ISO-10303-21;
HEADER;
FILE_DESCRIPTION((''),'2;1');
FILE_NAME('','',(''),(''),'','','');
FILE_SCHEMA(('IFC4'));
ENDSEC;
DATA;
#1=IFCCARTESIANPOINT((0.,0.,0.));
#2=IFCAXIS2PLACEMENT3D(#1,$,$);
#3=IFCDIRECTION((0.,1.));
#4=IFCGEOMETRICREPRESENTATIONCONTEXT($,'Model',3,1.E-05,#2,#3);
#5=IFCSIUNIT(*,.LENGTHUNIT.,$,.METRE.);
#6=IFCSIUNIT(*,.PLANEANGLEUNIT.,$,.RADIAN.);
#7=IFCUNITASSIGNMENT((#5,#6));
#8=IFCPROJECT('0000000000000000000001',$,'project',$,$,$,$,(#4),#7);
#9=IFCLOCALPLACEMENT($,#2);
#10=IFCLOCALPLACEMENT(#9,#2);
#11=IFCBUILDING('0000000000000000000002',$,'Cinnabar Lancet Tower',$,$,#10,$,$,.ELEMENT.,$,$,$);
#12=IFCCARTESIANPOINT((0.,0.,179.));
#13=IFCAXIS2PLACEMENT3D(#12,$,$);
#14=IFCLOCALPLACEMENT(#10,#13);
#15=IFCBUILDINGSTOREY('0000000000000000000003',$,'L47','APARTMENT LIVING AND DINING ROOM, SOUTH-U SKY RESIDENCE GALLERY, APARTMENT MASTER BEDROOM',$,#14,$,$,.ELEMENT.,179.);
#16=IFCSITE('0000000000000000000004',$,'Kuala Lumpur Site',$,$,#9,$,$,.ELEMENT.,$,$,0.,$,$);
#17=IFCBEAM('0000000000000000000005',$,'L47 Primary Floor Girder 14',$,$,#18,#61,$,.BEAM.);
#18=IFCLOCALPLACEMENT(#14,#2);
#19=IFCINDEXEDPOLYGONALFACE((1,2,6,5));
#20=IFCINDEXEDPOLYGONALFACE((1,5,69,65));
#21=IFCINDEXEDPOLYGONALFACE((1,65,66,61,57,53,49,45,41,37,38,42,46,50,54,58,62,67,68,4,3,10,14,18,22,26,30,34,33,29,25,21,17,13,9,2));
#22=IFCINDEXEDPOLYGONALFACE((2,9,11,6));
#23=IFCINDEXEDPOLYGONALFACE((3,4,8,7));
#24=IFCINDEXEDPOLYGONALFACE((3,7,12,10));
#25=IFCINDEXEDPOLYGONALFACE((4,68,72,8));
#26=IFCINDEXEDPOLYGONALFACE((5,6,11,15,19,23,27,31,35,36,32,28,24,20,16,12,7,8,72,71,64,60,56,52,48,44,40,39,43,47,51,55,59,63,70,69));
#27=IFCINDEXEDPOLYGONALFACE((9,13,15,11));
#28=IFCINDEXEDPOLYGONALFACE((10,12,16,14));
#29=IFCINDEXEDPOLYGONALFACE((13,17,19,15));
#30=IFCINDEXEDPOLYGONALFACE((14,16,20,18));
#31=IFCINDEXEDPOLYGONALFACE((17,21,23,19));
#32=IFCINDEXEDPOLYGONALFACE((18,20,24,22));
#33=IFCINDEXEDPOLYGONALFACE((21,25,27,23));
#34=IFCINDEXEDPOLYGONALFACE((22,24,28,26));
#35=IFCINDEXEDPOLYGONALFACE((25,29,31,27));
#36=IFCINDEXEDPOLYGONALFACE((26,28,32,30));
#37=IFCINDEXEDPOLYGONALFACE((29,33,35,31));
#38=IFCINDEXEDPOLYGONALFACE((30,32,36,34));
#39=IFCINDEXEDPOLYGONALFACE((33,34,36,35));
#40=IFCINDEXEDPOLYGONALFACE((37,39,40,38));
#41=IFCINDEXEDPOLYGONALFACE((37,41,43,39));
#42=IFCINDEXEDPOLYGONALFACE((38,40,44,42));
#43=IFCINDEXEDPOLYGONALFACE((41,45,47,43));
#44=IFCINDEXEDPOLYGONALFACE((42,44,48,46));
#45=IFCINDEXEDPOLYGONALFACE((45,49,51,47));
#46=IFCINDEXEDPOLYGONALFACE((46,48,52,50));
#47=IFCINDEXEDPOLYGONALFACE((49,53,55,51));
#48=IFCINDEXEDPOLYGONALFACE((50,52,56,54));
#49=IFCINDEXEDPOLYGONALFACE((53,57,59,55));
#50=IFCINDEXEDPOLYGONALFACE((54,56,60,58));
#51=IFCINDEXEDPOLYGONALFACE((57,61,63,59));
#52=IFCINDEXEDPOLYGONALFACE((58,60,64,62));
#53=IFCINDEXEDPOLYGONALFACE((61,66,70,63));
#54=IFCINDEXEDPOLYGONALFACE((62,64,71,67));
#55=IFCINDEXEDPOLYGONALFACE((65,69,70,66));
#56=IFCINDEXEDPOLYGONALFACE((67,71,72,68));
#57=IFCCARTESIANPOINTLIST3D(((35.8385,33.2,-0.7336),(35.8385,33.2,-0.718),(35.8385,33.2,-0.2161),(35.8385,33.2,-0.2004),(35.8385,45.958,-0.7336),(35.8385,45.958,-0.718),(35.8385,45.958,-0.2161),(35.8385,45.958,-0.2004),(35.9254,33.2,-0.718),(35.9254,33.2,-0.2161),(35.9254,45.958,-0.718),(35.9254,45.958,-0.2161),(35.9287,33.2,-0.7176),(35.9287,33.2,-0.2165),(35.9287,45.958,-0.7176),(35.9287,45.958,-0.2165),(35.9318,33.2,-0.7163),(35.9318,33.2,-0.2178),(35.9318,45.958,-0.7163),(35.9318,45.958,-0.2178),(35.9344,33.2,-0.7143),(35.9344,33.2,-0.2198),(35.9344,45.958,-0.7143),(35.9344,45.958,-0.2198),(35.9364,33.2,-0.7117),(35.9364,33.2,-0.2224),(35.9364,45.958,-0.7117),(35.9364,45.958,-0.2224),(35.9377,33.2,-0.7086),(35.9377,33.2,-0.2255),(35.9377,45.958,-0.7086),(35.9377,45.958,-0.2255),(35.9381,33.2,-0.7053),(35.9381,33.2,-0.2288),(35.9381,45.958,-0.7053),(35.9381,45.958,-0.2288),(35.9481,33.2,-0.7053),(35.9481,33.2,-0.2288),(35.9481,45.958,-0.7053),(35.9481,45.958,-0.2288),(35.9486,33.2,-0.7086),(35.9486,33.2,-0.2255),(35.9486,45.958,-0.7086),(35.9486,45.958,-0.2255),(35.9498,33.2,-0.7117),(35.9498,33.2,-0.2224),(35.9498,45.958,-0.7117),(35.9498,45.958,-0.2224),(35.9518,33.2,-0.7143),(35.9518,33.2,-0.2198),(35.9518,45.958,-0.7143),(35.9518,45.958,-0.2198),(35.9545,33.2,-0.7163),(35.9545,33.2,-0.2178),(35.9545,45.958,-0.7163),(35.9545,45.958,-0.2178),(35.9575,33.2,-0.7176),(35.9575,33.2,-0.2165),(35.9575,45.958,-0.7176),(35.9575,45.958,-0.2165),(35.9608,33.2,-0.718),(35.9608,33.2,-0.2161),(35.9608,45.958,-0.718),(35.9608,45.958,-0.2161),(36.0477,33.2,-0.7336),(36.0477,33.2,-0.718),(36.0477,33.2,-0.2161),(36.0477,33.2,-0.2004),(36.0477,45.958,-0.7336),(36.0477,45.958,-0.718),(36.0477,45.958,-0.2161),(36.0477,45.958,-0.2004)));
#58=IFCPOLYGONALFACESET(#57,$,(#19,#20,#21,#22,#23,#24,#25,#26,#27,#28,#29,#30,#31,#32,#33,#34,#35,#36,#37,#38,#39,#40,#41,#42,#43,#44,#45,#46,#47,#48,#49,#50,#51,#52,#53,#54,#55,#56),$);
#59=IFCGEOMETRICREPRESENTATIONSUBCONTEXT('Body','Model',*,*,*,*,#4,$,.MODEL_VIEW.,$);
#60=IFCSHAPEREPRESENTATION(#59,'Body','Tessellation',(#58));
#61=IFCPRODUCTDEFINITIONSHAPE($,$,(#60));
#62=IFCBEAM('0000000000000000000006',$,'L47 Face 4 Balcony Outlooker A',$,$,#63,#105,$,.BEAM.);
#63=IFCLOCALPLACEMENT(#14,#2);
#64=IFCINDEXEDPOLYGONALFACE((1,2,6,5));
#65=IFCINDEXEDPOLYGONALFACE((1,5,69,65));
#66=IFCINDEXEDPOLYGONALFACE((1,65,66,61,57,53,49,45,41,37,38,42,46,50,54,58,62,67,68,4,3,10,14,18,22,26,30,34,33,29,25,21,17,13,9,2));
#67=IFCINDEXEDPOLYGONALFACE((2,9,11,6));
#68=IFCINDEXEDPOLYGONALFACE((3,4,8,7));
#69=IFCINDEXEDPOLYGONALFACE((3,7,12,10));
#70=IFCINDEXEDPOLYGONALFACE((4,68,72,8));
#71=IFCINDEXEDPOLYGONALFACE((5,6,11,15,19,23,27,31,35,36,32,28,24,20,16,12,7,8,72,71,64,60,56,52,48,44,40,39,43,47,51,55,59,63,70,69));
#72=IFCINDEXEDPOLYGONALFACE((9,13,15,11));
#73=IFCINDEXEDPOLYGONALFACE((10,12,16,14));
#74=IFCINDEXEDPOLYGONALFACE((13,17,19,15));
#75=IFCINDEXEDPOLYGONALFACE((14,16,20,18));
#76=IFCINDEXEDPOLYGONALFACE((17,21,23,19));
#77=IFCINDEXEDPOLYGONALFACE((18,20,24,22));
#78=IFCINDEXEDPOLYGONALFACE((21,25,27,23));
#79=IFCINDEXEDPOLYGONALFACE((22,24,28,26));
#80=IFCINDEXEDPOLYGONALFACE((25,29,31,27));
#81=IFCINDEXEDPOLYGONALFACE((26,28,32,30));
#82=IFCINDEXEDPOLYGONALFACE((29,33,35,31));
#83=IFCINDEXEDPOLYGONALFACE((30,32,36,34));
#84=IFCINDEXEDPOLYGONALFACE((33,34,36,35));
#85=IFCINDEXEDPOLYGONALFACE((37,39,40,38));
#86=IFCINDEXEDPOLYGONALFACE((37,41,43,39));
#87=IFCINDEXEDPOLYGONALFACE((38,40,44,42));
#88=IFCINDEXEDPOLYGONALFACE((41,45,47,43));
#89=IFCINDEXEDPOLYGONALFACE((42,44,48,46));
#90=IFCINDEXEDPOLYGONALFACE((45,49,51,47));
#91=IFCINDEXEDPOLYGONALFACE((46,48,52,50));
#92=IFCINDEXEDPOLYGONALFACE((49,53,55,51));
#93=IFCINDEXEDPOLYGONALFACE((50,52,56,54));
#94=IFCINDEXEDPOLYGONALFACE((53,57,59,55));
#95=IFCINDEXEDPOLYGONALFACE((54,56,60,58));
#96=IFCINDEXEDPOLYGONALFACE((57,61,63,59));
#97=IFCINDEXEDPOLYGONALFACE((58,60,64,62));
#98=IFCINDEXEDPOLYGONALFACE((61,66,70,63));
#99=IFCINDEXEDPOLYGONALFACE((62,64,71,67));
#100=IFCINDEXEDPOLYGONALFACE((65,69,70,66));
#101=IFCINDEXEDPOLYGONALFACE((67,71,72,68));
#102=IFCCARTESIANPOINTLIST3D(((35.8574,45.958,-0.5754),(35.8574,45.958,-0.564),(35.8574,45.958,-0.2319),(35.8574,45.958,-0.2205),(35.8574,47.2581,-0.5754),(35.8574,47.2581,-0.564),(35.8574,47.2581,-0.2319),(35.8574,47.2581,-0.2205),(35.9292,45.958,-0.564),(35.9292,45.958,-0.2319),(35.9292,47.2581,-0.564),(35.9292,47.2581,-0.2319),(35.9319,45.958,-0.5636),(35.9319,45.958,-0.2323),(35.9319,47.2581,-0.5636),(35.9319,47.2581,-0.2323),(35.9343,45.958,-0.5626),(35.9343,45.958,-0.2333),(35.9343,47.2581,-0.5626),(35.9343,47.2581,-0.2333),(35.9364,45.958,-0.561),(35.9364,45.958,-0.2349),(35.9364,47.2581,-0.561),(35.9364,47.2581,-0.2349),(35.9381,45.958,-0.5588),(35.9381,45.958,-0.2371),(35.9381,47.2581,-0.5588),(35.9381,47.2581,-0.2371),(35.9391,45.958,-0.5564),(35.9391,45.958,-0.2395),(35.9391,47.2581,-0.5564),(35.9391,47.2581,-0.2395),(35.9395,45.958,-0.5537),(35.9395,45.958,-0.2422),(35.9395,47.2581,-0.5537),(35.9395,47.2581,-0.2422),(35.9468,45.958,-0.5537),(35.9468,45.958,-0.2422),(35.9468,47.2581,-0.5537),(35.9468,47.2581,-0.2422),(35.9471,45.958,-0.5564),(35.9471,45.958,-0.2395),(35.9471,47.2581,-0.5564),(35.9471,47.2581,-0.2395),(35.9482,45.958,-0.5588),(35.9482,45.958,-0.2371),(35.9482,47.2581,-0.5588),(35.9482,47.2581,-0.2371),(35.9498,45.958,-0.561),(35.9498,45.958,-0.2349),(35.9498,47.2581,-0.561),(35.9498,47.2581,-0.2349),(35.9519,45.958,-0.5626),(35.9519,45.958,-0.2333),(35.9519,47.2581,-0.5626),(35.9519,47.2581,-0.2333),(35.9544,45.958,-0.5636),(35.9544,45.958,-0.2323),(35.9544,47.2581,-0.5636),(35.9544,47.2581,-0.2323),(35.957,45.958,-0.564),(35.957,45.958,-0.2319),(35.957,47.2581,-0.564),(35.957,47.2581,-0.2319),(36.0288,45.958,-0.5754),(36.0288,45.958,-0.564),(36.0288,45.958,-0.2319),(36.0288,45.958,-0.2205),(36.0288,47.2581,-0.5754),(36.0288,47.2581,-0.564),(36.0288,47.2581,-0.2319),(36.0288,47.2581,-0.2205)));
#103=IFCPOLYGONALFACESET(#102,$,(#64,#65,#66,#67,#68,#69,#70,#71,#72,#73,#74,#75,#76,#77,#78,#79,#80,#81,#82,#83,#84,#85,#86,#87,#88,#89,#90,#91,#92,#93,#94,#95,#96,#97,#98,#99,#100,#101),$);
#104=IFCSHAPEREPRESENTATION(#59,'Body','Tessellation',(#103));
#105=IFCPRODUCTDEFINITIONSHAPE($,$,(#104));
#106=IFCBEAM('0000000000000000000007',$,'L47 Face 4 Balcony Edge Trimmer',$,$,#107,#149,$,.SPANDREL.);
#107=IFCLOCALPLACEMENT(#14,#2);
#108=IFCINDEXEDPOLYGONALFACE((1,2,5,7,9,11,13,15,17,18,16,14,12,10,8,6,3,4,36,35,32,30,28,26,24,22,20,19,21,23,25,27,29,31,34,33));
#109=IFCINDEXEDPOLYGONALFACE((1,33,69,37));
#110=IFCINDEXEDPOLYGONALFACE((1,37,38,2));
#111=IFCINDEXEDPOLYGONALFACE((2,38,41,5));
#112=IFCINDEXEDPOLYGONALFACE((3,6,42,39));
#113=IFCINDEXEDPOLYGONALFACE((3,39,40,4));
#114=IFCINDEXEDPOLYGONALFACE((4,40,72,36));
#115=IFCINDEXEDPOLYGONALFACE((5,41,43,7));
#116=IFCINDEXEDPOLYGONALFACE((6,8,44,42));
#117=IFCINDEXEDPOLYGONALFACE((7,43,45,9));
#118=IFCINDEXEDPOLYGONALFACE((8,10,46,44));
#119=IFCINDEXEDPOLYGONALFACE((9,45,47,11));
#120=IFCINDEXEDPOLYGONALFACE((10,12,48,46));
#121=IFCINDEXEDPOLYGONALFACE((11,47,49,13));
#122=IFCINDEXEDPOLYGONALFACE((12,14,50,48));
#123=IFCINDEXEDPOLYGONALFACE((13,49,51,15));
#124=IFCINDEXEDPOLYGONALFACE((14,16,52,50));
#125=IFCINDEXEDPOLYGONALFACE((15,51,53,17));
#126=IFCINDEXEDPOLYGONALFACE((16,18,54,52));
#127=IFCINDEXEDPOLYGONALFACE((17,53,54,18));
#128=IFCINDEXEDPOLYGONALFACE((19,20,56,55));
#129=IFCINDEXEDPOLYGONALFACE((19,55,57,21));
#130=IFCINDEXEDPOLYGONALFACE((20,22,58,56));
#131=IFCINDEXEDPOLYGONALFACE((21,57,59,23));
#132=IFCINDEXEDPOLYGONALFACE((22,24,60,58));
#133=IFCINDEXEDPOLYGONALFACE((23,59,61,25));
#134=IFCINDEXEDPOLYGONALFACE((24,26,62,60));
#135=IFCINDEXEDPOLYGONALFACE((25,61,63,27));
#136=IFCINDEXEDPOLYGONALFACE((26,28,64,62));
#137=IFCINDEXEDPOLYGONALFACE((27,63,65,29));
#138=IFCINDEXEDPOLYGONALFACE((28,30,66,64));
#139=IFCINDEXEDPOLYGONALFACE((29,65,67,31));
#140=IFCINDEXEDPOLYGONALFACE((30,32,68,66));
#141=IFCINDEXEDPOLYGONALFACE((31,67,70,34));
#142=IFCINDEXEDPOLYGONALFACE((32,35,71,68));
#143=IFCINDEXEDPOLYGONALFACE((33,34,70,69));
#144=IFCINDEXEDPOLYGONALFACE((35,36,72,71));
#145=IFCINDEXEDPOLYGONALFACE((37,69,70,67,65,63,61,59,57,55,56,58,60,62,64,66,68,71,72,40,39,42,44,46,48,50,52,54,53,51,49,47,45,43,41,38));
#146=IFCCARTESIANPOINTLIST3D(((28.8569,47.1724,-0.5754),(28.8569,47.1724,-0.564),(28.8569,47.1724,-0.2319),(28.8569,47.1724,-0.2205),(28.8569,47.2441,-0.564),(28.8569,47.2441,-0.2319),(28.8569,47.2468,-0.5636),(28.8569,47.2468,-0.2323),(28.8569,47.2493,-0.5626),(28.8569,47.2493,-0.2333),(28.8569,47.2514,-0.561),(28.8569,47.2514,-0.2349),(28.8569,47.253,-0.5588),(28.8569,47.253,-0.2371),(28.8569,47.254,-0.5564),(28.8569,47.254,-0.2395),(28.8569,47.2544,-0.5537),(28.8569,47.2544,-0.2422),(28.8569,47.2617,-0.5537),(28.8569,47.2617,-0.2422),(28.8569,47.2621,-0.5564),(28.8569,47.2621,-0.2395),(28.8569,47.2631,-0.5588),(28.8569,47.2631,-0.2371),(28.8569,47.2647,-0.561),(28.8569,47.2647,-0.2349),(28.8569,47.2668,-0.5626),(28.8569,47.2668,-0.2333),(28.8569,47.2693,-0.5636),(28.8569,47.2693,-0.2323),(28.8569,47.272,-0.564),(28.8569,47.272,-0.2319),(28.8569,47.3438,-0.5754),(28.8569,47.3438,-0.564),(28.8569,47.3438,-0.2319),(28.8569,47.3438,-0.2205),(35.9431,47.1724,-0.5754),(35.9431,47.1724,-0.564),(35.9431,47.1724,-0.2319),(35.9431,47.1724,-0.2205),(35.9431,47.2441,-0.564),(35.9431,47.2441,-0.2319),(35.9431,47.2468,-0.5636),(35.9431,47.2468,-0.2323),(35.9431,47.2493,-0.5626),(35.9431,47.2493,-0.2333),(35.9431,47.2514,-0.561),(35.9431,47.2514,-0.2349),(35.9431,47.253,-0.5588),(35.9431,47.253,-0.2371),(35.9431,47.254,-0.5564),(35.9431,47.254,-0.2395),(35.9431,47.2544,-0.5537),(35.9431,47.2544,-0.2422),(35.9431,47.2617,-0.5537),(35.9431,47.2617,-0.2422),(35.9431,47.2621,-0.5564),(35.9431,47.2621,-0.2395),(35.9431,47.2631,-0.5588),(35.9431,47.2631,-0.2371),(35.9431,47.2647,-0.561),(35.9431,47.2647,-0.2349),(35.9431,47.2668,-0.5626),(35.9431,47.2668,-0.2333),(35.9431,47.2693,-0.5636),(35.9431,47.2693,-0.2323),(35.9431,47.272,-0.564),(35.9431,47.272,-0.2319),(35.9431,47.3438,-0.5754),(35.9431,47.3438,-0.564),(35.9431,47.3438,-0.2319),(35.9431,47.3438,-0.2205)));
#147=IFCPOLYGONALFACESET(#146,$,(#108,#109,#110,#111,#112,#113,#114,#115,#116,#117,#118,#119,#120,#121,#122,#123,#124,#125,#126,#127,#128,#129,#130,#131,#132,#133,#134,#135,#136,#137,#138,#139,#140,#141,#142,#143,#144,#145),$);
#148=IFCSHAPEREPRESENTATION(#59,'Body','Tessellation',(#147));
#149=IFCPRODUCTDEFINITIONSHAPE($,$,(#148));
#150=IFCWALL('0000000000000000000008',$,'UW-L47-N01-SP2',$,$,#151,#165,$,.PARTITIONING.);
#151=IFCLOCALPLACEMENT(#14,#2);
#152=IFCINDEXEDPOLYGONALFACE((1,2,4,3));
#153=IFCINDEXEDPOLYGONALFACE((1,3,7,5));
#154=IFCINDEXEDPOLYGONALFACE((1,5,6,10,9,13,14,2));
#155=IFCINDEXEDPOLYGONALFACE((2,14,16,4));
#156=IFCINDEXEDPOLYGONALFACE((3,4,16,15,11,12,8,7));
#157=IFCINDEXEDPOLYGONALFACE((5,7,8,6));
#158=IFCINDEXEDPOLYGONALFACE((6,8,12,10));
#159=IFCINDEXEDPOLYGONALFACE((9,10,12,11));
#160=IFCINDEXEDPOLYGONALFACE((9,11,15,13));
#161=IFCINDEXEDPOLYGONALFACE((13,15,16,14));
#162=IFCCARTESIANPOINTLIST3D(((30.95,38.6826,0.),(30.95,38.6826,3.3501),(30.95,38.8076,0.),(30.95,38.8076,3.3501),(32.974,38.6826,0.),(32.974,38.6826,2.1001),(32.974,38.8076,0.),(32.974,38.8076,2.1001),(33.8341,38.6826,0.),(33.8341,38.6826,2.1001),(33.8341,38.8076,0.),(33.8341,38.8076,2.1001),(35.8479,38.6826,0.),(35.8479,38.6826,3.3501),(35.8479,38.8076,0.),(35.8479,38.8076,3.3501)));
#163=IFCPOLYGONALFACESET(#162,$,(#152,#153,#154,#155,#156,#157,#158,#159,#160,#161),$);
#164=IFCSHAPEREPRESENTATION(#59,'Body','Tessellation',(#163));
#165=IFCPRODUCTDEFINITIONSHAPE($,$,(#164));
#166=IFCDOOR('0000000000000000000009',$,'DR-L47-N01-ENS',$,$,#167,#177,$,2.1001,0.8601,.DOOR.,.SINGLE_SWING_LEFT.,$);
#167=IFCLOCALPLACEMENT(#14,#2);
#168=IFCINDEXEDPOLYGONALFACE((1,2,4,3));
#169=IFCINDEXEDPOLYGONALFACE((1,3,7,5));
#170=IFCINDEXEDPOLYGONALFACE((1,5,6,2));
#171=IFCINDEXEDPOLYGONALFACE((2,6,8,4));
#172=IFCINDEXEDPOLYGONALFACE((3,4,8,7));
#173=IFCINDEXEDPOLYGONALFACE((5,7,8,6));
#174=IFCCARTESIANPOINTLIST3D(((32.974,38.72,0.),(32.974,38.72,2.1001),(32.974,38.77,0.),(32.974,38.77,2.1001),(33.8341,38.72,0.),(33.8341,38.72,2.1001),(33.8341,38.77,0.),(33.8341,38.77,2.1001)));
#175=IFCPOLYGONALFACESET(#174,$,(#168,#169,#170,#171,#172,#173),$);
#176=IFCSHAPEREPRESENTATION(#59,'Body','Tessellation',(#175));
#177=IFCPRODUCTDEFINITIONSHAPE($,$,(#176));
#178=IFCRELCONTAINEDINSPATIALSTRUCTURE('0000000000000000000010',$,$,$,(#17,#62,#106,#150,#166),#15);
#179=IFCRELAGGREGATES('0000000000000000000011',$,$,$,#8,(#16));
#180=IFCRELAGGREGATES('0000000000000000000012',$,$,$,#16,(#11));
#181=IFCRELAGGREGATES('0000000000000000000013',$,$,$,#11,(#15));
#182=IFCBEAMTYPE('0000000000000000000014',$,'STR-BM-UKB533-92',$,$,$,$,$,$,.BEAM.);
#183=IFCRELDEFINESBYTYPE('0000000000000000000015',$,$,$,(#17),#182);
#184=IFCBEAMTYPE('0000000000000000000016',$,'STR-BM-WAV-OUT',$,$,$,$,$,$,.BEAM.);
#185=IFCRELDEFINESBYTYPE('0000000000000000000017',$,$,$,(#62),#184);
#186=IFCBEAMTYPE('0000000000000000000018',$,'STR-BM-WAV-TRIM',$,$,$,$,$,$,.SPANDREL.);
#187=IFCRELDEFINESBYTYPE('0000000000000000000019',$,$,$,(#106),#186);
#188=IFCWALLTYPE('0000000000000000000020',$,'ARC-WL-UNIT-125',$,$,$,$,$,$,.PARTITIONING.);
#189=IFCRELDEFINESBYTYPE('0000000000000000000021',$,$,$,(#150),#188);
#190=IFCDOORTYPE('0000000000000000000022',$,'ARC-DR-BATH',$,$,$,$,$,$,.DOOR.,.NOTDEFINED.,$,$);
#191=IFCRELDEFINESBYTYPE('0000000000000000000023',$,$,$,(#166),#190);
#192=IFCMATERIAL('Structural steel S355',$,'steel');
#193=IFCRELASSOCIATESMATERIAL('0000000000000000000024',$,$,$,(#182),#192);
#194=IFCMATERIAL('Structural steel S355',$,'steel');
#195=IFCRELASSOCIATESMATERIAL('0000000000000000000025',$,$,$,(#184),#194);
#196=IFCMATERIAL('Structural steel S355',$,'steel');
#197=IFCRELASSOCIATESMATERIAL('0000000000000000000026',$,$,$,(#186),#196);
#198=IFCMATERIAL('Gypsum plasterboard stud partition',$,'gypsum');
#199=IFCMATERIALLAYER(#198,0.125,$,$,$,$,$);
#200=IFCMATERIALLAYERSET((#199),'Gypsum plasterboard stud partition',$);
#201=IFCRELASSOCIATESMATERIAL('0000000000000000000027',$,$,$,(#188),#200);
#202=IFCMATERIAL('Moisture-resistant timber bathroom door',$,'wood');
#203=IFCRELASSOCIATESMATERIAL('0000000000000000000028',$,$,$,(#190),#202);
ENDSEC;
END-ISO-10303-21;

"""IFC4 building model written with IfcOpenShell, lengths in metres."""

from ifc_helpers import new_model, si_unit, direction, frame, frame_2d, origin, origin_2d, place, context, subcontext, project, spatial, rectangle, i_section, extrude, material, layer, layer_set, material_profile, profile_set, type_object, element, fill, save


model = new_model("IFC4")

# Units and contexts
model_context = context("Model", 3, precision=1e-05, world=origin(), true_north=direction((0.0, 1.0)))
body_context = subcontext(model_context, "Body", "Model", "MODEL_VIEW")
ifc_project = project(units=[si_unit("LENGTHUNIT", "METRE"), si_unit("PLANEANGLEUNIT", "RADIAN")], contexts=[model_context])

# Site, building, storey
site_placement = place(None, origin())
site = spatial("IfcSite", under=ifc_project, at=site_placement, Name="Kuala Lumpur Site", CompositionType="ELEMENT", RefElevation=0.0)
building_placement = place(site_placement, origin())
building = spatial("IfcBuilding", under=site, at=building_placement, Name="Cinnabar Lancet Tower", CompositionType="ELEMENT")
storey_placement = place(building_placement, frame((0.0, 0.0, 179.0)))
storey = spatial("IfcBuildingStorey", under=building, at=storey_placement, Name="L47", Description="APARTMENT LIVING AND DINING ROOM, SOUTH-U SKY RESIDENCE GALLERY, APARTMENT MASTER BEDROOM", CompositionType="ELEMENT", Elevation=179.0)

# Beams
ifc_material_1 = material(Name="Structural steel S355", Category="steel")
ifc_material_profile_1 = material_profile(ifc_material_1, i_section(OverallWidth=0.2092, OverallDepth=0.5332, WebThickness=0.01, FlangeThickness=0.0156, FilletRadius=0.0127, at=origin_2d()), Name="UKB 533x210x92")
ifc_profile_set_1 = profile_set([ifc_material_profile_1], Name="Structural steel S355")
beam_type_1 = type_object("IfcBeamType", Name="STR-BM-UKB533-92", PredefinedType="BEAM", material=ifc_profile_set_1)
beam_1_placement = place(storey_placement, frame((35.9431, 45.958, -0.467), z_axis=(0.0, -1.0, 0.0), x_axis=(1.0, 0.0, 0.0)))
element("IfcBeam", 1, at=beam_1_placement, inside=storey, type_object=beam_type_1, Name="L47 Primary Floor Girder 14", PredefinedType="BEAM", context=body_context, shape_type="SweptSolid", body=[
    extrude(i_section(OverallWidth=0.2092, OverallDepth=0.5332, WebThickness=0.01, FlangeThickness=0.0156, FilletRadius=0.0127, at=origin_2d()), origin(), (0.0, 0.0, 1.0), 12.7581),
])
ifc_material_2 = material(Name="Structural steel S355", Category="steel")
ifc_material_profile_2 = material_profile(ifc_material_2, i_section(OverallWidth=0.1714, OverallDepth=0.355, WebThickness=0.0073, FlangeThickness=0.0115, FilletRadius=0.0103, at=origin_2d()), Name="UKB 356x171x51")
ifc_profile_set_2 = profile_set([ifc_material_profile_2], Name="Structural steel S355")
beam_type_2 = type_object("IfcBeamType", Name="STR-BM-WAV-OUT", PredefinedType="BEAM", material=ifc_profile_set_2)
beam_2_placement = place(storey_placement, frame((35.9431, 45.958, -0.3979), z_axis=(0.0, 1.0, 0.0), x_axis=(-1.0, 0.0, 0.0)))
element("IfcBeam", 2, at=beam_2_placement, inside=storey, type_object=beam_type_2, Name="L47 Face 4 Balcony Outlooker A", PredefinedType="BEAM", context=body_context, shape_type="SweptSolid", body=[
    extrude(i_section(OverallWidth=0.1714, OverallDepth=0.355, WebThickness=0.0073, FlangeThickness=0.0115, FilletRadius=0.0103, at=origin_2d()), origin(), (0.0, 0.0, 1.0), 1.3),
])
ifc_material_3 = material(Name="Structural steel S355", Category="steel")
ifc_material_profile_3 = material_profile(ifc_material_3, i_section(OverallWidth=0.1714, OverallDepth=0.355, WebThickness=0.0073, FlangeThickness=0.0115, FilletRadius=0.0103, at=origin_2d()), Name="UKB 356x171x51")
ifc_profile_set_3 = profile_set([ifc_material_profile_3], Name="Structural steel S355")
beam_type_3 = type_object("IfcBeamType", Name="STR-BM-WAV-TRIM", PredefinedType="SPANDREL", material=ifc_profile_set_3)
beam_3_placement = place(storey_placement, frame((35.9431, 47.2581, -0.3979), z_axis=(-1.0, 0.0, 0.0), x_axis=(0.0, -1.0, 0.0)))
element("IfcBeam", 3, at=beam_3_placement, inside=storey, type_object=beam_type_3, Name="L47 Face 4 Balcony Edge Trimmer", PredefinedType="SPANDREL", context=body_context, shape_type="SweptSolid", body=[
    extrude(i_section(OverallWidth=0.1714, OverallDepth=0.355, WebThickness=0.0073, FlangeThickness=0.0115, FilletRadius=0.0103, at=origin_2d()), origin(), (0.0, 0.0, 1.0), 7.0862),
])

# Wall, opening, door
ifc_material_4 = material(Name="Gypsum plasterboard stud partition", Category="gypsum")
ifc_layer_1 = layer(ifc_material_4, 0.125)
ifc_layer_set_1 = layer_set([ifc_layer_1], Name="Gypsum plasterboard stud partition")
wall_type_1 = type_object("IfcWallType", Name="ARC-WL-UNIT-125", PredefinedType="PARTITIONING", material=ifc_layer_set_1)
wall_1_placement = place(storey_placement, frame((30.95, 38.7451, 0.0), z_axis=(0.0, 0.0, 1.0), x_axis=(1.0, 0.0, 0.0)))
wall_1 = element("IfcWall", 4, at=wall_1_placement, inside=storey, type_object=wall_type_1, Name="UW-L47-N01-SP2", PredefinedType="PARTITIONING", context=body_context, shape_type="SweptSolid", body=[
    extrude(rectangle(XDim=4.8979, YDim=0.125, at=frame_2d((2.449, 0.0))), origin(), (0.0, 0.0, 1.0), 3.3501),
])
opening_1_placement = place(wall_1_placement, frame((2.0239, 0.0, 0.0)))
opening_1 = element("IfcOpeningElement", 5, at=opening_1_placement, cuts=wall_1, PredefinedType="OPENING", context=body_context, shape_type="SweptSolid", body=[
    extrude(rectangle(XDim=0.8601, YDim=2.1001, at=frame_2d((0.4302, 1.05))), frame((0.0, 0.0725, 0.0), z_axis=(0.0, -1.0, 0.0), x_axis=(1.0, 0.0, 0.0)), (0.0, 0.0, 1.0), 0.145),
])
ifc_material_5 = material(Name="Moisture-resistant timber bathroom door", Category="wood")
door_type_1 = type_object("IfcDoorType", Name="ARC-DR-BATH", OperationType="NOTDEFINED", PredefinedType="DOOR", material=ifc_material_5)
door_1_placement = place(opening_1_placement, origin())
door_1 = element("IfcDoor", 6, at=door_1_placement, inside=storey, type_object=door_type_1, Name="DR-L47-N01-ENS", OperationType="SINGLE_SWING_LEFT", OverallHeight=2.1001, OverallWidth=0.8601, PredefinedType="DOOR", context=body_context, shape_type="SweptSolid", body=[
    extrude(rectangle(XDim=0.8601, YDim=2.1001, at=frame_2d((0.4302, 1.05))), frame((0.0, 0.0249, 0.0), z_axis=(0.0, -1.0, 0.0), x_axis=(1.0, 0.0, 0.0)), (0.0, 0.0, 1.0), 0.05),
])
fill(opening_1, door_1)

save(model, "model.ifc")
